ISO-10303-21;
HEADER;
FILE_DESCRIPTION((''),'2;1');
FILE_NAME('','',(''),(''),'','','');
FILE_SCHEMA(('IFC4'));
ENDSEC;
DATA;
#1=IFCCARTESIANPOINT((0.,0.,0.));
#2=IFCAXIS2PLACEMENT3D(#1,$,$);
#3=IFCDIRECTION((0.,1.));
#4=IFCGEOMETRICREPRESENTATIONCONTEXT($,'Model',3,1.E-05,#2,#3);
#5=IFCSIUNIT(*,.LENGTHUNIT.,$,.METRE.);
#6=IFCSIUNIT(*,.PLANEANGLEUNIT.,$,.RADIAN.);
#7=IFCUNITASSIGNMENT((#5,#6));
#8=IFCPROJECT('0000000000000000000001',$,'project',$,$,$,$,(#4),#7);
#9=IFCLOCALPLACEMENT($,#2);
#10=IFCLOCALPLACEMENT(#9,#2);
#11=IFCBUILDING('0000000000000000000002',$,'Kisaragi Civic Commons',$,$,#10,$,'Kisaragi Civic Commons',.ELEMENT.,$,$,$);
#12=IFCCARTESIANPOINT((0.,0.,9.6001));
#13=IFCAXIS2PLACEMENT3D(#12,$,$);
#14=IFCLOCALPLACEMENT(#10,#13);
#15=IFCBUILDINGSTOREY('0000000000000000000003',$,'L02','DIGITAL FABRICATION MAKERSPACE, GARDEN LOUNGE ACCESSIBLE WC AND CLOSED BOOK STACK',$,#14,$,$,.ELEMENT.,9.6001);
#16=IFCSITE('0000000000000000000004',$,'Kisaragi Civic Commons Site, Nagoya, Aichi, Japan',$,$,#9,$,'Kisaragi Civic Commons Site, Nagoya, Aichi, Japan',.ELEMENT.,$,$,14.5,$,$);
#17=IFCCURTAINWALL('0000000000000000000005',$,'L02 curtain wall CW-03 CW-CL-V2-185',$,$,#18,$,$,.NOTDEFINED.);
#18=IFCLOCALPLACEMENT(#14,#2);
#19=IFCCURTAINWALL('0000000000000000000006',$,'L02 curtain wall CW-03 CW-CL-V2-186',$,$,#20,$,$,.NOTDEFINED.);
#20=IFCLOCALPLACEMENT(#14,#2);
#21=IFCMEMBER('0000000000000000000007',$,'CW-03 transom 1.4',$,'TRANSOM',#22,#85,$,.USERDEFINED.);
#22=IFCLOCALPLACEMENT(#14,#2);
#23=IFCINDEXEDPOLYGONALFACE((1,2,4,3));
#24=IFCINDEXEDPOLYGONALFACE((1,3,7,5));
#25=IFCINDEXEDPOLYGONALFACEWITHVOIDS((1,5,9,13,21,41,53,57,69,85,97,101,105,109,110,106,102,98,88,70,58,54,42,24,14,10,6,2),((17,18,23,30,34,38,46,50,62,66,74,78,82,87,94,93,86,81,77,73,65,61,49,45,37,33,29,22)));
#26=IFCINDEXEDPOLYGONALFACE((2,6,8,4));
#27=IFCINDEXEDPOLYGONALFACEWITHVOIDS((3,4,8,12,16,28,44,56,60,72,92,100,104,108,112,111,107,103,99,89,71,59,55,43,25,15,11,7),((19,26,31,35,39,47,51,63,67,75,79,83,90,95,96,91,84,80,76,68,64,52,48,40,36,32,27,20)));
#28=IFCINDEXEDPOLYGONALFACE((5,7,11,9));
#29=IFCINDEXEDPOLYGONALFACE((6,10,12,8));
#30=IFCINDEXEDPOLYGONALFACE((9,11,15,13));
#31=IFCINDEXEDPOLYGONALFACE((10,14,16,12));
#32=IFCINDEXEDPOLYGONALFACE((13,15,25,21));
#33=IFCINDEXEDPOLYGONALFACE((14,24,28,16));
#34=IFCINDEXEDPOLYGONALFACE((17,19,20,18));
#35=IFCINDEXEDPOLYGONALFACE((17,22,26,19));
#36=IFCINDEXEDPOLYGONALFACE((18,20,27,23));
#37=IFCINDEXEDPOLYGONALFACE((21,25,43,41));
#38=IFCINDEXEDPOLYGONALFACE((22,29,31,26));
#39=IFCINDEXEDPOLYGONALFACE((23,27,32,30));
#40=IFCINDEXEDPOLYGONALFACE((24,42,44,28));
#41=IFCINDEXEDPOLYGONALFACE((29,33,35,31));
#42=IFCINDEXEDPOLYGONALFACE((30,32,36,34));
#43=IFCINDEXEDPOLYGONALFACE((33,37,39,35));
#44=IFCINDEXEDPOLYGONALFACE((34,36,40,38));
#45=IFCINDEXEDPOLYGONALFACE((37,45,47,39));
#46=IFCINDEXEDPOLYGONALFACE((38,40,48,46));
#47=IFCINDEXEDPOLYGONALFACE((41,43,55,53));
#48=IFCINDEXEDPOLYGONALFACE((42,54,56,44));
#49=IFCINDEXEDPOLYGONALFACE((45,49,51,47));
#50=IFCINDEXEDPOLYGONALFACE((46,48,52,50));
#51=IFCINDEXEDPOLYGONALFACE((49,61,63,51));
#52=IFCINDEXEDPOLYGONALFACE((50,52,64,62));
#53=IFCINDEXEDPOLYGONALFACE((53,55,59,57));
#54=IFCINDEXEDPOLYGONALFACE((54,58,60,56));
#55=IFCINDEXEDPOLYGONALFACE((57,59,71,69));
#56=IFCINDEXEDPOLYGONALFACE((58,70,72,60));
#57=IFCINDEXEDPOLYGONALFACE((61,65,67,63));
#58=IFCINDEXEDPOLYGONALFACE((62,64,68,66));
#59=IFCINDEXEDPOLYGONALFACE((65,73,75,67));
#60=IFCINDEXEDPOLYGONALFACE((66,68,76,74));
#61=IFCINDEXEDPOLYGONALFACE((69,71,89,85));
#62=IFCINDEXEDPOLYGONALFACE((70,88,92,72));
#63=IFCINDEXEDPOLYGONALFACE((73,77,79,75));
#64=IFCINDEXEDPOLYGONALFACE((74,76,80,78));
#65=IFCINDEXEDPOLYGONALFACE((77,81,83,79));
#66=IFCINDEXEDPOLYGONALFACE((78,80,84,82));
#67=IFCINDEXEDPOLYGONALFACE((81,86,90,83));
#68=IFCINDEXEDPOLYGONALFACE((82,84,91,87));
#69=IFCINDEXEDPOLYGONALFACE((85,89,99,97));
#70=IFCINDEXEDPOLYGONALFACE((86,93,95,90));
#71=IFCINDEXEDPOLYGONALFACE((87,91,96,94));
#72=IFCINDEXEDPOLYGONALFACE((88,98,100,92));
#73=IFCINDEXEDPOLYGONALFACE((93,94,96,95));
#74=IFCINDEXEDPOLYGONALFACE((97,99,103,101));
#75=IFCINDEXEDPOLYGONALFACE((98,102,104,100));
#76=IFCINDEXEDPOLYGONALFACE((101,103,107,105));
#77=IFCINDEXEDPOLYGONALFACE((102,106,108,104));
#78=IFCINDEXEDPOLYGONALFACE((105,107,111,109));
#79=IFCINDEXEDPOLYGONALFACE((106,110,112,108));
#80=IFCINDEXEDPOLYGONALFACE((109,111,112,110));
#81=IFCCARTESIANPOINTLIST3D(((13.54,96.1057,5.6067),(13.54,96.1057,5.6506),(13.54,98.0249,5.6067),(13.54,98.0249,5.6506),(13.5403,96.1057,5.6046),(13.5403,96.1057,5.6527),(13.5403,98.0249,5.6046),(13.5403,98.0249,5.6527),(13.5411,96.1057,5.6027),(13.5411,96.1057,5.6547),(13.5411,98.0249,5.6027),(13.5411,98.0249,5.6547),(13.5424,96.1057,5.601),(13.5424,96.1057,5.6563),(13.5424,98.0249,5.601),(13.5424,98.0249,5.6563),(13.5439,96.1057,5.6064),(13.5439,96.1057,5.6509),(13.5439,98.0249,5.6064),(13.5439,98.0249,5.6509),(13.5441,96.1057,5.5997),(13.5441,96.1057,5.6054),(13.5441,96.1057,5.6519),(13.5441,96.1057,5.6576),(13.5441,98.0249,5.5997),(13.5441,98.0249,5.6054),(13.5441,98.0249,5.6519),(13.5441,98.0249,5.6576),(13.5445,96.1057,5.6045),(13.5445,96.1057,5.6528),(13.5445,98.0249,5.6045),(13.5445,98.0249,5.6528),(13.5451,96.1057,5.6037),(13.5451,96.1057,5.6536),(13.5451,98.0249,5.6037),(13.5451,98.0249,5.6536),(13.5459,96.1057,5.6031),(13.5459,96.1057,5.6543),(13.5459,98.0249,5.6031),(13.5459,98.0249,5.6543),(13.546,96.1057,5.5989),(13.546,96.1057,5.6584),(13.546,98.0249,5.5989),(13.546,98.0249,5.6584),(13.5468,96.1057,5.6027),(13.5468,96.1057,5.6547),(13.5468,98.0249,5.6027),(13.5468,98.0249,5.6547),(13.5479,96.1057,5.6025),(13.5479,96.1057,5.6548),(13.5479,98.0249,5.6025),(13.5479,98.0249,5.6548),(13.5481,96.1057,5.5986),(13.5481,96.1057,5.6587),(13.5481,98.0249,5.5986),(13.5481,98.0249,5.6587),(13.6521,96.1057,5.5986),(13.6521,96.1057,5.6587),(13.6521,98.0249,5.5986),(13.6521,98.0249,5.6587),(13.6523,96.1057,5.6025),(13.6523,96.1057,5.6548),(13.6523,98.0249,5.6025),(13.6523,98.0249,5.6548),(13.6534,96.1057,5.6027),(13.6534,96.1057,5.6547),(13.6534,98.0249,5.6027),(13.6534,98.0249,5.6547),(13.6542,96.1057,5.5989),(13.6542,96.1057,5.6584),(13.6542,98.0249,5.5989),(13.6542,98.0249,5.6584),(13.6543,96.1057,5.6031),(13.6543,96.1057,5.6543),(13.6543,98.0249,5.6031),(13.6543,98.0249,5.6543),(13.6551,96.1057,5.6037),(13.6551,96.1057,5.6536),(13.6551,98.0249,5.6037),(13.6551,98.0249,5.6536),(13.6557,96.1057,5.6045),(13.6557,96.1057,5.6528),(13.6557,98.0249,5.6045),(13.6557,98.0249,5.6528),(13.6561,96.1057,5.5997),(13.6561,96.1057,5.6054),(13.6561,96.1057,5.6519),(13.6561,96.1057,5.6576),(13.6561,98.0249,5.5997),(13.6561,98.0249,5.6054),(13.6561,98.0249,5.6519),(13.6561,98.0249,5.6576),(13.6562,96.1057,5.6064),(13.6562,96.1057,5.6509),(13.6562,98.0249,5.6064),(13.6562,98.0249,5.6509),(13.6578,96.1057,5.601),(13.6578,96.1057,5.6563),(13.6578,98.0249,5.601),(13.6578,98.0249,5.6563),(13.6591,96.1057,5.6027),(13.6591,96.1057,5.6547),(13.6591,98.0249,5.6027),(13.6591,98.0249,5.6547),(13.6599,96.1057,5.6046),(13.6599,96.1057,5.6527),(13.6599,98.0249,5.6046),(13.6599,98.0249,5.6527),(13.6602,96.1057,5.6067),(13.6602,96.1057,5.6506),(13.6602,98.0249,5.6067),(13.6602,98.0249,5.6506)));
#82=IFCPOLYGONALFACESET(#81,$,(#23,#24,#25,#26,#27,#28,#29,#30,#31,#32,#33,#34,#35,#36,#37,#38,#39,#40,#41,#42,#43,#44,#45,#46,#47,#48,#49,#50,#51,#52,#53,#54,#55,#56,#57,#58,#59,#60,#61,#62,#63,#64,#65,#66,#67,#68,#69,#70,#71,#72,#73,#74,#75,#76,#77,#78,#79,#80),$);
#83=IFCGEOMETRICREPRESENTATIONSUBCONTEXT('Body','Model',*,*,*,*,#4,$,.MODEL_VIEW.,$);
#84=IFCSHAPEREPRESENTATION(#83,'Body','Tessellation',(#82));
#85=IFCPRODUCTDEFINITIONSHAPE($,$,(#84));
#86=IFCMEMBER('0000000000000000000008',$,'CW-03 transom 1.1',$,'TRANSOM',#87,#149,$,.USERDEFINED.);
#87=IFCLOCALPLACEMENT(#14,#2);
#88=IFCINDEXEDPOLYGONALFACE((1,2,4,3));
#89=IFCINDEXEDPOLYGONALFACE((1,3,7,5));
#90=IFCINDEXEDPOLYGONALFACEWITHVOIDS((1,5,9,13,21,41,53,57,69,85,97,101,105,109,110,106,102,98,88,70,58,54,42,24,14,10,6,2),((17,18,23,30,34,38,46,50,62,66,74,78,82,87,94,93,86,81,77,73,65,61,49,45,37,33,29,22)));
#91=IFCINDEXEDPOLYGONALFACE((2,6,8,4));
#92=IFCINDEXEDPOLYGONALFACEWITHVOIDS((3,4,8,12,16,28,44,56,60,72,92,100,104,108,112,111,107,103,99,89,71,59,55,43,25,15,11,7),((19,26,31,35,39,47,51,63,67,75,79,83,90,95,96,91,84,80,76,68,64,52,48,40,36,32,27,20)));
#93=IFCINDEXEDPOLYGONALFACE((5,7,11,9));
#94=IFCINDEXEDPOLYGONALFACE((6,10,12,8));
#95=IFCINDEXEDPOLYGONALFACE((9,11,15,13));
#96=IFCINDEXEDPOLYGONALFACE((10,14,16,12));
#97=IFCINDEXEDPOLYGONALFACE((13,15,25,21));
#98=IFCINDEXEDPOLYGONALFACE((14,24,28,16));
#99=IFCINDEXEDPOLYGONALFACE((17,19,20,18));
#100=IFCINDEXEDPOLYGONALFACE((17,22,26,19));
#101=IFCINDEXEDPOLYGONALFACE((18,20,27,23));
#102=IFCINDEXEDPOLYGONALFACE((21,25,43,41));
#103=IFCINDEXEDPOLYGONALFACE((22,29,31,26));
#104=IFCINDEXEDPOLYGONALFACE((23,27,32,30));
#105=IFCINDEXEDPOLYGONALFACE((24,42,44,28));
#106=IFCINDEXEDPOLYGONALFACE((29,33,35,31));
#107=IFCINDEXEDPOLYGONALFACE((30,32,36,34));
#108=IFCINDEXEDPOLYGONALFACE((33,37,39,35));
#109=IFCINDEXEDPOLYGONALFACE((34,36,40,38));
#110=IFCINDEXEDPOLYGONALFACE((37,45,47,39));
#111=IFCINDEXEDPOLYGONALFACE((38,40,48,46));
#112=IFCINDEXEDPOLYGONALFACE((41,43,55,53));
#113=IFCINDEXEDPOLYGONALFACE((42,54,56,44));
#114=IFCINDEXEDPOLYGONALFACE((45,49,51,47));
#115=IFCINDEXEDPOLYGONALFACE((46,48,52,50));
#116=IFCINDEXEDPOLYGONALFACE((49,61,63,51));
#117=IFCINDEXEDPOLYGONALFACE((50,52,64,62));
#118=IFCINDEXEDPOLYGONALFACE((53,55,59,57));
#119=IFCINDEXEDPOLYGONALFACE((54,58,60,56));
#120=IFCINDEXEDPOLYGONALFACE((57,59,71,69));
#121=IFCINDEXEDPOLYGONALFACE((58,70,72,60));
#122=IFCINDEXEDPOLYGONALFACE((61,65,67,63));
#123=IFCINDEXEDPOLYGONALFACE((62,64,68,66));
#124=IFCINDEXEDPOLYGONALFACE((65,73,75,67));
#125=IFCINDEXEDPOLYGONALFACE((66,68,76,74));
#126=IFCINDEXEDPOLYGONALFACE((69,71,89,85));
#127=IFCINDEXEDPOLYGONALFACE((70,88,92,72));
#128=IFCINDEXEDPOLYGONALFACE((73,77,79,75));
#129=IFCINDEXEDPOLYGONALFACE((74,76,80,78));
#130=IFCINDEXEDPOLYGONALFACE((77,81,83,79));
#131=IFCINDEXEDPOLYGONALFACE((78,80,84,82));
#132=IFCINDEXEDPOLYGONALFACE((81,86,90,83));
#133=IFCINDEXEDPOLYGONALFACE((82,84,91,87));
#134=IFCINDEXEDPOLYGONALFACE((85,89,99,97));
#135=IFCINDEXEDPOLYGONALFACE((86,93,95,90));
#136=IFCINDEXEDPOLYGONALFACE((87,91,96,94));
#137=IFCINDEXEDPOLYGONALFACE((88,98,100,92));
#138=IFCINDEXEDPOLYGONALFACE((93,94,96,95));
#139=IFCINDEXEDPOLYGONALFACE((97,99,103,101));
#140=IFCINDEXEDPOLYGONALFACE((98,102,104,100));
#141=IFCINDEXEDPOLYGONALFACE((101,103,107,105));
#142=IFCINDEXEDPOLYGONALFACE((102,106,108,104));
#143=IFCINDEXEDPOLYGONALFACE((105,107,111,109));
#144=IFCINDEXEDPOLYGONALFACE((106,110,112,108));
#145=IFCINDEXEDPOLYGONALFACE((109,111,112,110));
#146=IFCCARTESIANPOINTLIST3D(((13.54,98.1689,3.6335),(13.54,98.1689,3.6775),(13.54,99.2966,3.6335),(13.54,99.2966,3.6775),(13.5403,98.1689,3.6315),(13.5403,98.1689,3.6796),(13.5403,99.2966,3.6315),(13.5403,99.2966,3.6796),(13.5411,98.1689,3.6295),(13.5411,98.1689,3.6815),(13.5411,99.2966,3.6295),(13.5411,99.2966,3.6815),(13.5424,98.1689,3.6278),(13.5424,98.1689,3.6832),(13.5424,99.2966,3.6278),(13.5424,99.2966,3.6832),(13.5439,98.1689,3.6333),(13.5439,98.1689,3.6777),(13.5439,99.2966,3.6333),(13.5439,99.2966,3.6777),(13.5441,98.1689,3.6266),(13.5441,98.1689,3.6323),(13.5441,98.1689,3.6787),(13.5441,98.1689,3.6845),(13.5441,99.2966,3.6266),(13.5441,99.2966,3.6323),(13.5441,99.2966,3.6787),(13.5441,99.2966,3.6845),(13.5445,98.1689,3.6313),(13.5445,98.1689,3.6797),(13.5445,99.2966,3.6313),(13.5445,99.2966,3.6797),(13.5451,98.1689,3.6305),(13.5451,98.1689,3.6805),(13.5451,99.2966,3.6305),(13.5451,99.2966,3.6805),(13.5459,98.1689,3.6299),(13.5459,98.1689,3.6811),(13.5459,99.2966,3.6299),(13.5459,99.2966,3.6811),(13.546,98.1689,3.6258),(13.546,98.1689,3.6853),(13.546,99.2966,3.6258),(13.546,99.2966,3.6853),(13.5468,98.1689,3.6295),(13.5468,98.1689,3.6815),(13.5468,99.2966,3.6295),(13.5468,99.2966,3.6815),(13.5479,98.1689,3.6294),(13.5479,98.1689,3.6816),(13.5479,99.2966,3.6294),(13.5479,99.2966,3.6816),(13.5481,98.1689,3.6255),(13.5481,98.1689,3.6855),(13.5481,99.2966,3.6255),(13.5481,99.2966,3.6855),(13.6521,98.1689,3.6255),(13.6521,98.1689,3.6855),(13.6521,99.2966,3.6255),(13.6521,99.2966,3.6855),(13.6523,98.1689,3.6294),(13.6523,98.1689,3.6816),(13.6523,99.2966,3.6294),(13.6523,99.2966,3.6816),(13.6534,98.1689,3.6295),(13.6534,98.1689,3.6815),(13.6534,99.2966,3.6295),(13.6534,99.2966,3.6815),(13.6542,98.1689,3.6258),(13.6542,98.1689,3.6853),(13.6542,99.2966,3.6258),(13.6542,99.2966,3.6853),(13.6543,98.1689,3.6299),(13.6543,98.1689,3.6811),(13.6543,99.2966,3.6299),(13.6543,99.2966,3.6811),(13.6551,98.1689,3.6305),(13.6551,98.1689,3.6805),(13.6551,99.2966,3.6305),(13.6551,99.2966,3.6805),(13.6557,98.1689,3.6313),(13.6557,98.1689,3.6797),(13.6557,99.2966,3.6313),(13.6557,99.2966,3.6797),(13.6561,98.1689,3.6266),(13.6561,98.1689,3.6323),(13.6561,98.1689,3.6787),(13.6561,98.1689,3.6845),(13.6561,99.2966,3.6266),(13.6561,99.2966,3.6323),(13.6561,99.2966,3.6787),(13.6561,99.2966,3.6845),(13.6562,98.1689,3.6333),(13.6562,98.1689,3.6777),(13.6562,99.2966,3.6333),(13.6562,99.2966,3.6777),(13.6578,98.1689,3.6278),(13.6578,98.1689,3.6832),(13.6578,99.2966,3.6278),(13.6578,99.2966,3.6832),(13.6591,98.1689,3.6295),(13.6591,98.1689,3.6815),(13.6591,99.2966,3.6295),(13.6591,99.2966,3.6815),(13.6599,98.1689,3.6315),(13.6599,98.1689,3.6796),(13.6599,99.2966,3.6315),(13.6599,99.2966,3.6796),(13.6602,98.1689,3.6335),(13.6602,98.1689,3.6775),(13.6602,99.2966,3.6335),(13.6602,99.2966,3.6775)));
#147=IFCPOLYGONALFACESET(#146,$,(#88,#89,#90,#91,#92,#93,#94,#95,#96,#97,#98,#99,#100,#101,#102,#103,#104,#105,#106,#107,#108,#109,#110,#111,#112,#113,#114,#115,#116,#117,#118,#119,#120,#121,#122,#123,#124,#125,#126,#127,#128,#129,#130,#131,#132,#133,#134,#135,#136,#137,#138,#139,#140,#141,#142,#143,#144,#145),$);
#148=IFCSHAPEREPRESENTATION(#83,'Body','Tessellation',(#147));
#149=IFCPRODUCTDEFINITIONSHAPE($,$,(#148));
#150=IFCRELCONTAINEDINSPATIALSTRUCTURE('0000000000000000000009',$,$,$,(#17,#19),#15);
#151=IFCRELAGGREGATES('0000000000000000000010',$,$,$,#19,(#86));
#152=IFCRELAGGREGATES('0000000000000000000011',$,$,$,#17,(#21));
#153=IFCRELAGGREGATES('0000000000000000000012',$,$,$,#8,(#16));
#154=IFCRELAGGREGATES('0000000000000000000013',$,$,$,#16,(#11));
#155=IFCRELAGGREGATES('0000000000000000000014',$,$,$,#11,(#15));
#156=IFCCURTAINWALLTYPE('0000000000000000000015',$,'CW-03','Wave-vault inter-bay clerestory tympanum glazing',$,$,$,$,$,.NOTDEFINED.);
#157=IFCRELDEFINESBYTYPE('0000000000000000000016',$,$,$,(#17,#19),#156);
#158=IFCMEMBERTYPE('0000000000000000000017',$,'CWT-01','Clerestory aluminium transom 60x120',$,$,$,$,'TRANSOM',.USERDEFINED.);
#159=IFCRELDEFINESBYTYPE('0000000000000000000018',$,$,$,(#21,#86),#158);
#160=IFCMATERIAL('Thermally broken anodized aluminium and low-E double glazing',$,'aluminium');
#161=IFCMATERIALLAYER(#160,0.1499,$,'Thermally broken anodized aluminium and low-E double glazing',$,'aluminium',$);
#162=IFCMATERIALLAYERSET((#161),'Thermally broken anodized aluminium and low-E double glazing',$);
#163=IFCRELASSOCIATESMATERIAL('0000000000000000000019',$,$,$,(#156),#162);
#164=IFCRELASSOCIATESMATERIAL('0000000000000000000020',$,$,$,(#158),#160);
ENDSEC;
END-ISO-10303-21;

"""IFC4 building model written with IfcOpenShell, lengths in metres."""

from ifc_helpers import new_model, si_unit, direction, frame, origin, origin_2d, place, context, subcontext, project, spatial, hollow_rectangle, extrude, material, layer, layer_set, material_profile, profile_set, type_object, element, aggregate, save


model = new_model("IFC4")

# Units and contexts
model_context = context("Model", 3, precision=1e-05, world=origin(), true_north=direction((0.0, 1.0)))
body_context = subcontext(model_context, "Body", "Model", "MODEL_VIEW")
ifc_project = project(units=[si_unit("LENGTHUNIT", "METRE"), si_unit("PLANEANGLEUNIT", "RADIAN")], contexts=[model_context])

# Site, building, storey
site_placement = place(None, origin())
site = spatial("IfcSite", under=ifc_project, at=site_placement, Name="Kisaragi Civic Commons Site, Nagoya, Aichi, Japan", LongName="Kisaragi Civic Commons Site, Nagoya, Aichi, Japan", CompositionType="ELEMENT", RefElevation=14.5)
building_placement = place(site_placement, origin())
building = spatial("IfcBuilding", under=site, at=building_placement, Name="Kisaragi Civic Commons", LongName="Kisaragi Civic Commons", CompositionType="ELEMENT")
storey_placement = place(building_placement, frame((0.0, 0.0, 9.6001)))
storey = spatial("IfcBuildingStorey", under=building, at=storey_placement, Name="L02", Description="DIGITAL FABRICATION MAKERSPACE, GARDEN LOUNGE ACCESSIBLE WC AND CLOSED BOOK STACK", CompositionType="ELEMENT", Elevation=9.6001)

# Curtain wall
ifc_material_1 = material(Name="Thermally broken anodized aluminium and low-E double glazing", Category="aluminium")
ifc_layer_1 = layer(ifc_material_1, 0.1499, Name="Thermally broken anodized aluminium and low-E double glazing", Category="aluminium")
ifc_layer_set_1 = layer_set([ifc_layer_1], Name="Thermally broken anodized aluminium and low-E double glazing")
curtain_wall_type = type_object("IfcCurtainWallType", Name="CW-03", Description="Wave-vault inter-bay clerestory tympanum glazing", PredefinedType="NOTDEFINED", material=ifc_layer_set_1)
curtain_wall_1_placement = place(storey_placement, origin())
curtain_wall_1 = element("IfcCurtainWall", 1, at=curtain_wall_1_placement, inside=storey, type_object=curtain_wall_type, Name="L02 curtain wall CW-03 CW-CL-V2-185", PredefinedType="NOTDEFINED")

# Curtain wall
curtain_wall_2_placement = place(storey_placement, origin())
curtain_wall_2 = element("IfcCurtainWall", 2, at=curtain_wall_2_placement, inside=storey, type_object=curtain_wall_type, Name="L02 curtain wall CW-03 CW-CL-V2-186", PredefinedType="NOTDEFINED")

# Members
ifc_material_profile_1 = material_profile(ifc_material_1, hollow_rectangle(XDim=0.1201, YDim=0.0601, WallThickness=0.0039, InnerFilletRadius=0.0039, OuterFilletRadius=0.0081, at=origin_2d()), Name="CWT-60x120x4", Category="aluminium")
ifc_profile_set_1 = profile_set([ifc_material_profile_1], Name="Thermally broken anodized aluminium and low-E double glazing")
member_type_1 = type_object("IfcMemberType", Name="CWT-01", Description="Clerestory aluminium transom 60x120", ElementType="TRANSOM", PredefinedType="USERDEFINED", material=ifc_profile_set_1)
member_1_placement = place(storey_placement, frame((13.6001, 96.1057, 5.6287), z_axis=(0.0, 1.0, 0.0), x_axis=(-1.0, 0.0, 0.0)))
member_1 = element("IfcMember", 3, at=member_1_placement, type_object=member_type_1, Name="CW-03 transom 1.4", ObjectType="TRANSOM", PredefinedType="USERDEFINED", context=body_context, shape_type="SweptSolid", body=[
    extrude(hollow_rectangle(XDim=0.1201, YDim=0.0601, WallThickness=0.0039, InnerFilletRadius=0.0039, OuterFilletRadius=0.0081, at=origin_2d()), origin(), (0.0, 0.0, 1.0), 1.9192),
])
member_2_placement = place(storey_placement, frame((13.6001, 98.1689, 3.6555), z_axis=(0.0, 1.0, 0.0), x_axis=(-1.0, 0.0, 0.0)))
member_2 = element("IfcMember", 4, at=member_2_placement, type_object=member_type_1, Name="CW-03 transom 1.1", ObjectType="TRANSOM", PredefinedType="USERDEFINED", context=body_context, shape_type="SweptSolid", body=[
    extrude(hollow_rectangle(XDim=0.1201, YDim=0.0601, WallThickness=0.0039, InnerFilletRadius=0.0039, OuterFilletRadius=0.0081, at=origin_2d()), origin(), (0.0, 0.0, 1.0), 1.1277),
])

aggregate(curtain_wall_2, [member_2])
aggregate(curtain_wall_1, [member_1])

save(model, "model.ifc")
